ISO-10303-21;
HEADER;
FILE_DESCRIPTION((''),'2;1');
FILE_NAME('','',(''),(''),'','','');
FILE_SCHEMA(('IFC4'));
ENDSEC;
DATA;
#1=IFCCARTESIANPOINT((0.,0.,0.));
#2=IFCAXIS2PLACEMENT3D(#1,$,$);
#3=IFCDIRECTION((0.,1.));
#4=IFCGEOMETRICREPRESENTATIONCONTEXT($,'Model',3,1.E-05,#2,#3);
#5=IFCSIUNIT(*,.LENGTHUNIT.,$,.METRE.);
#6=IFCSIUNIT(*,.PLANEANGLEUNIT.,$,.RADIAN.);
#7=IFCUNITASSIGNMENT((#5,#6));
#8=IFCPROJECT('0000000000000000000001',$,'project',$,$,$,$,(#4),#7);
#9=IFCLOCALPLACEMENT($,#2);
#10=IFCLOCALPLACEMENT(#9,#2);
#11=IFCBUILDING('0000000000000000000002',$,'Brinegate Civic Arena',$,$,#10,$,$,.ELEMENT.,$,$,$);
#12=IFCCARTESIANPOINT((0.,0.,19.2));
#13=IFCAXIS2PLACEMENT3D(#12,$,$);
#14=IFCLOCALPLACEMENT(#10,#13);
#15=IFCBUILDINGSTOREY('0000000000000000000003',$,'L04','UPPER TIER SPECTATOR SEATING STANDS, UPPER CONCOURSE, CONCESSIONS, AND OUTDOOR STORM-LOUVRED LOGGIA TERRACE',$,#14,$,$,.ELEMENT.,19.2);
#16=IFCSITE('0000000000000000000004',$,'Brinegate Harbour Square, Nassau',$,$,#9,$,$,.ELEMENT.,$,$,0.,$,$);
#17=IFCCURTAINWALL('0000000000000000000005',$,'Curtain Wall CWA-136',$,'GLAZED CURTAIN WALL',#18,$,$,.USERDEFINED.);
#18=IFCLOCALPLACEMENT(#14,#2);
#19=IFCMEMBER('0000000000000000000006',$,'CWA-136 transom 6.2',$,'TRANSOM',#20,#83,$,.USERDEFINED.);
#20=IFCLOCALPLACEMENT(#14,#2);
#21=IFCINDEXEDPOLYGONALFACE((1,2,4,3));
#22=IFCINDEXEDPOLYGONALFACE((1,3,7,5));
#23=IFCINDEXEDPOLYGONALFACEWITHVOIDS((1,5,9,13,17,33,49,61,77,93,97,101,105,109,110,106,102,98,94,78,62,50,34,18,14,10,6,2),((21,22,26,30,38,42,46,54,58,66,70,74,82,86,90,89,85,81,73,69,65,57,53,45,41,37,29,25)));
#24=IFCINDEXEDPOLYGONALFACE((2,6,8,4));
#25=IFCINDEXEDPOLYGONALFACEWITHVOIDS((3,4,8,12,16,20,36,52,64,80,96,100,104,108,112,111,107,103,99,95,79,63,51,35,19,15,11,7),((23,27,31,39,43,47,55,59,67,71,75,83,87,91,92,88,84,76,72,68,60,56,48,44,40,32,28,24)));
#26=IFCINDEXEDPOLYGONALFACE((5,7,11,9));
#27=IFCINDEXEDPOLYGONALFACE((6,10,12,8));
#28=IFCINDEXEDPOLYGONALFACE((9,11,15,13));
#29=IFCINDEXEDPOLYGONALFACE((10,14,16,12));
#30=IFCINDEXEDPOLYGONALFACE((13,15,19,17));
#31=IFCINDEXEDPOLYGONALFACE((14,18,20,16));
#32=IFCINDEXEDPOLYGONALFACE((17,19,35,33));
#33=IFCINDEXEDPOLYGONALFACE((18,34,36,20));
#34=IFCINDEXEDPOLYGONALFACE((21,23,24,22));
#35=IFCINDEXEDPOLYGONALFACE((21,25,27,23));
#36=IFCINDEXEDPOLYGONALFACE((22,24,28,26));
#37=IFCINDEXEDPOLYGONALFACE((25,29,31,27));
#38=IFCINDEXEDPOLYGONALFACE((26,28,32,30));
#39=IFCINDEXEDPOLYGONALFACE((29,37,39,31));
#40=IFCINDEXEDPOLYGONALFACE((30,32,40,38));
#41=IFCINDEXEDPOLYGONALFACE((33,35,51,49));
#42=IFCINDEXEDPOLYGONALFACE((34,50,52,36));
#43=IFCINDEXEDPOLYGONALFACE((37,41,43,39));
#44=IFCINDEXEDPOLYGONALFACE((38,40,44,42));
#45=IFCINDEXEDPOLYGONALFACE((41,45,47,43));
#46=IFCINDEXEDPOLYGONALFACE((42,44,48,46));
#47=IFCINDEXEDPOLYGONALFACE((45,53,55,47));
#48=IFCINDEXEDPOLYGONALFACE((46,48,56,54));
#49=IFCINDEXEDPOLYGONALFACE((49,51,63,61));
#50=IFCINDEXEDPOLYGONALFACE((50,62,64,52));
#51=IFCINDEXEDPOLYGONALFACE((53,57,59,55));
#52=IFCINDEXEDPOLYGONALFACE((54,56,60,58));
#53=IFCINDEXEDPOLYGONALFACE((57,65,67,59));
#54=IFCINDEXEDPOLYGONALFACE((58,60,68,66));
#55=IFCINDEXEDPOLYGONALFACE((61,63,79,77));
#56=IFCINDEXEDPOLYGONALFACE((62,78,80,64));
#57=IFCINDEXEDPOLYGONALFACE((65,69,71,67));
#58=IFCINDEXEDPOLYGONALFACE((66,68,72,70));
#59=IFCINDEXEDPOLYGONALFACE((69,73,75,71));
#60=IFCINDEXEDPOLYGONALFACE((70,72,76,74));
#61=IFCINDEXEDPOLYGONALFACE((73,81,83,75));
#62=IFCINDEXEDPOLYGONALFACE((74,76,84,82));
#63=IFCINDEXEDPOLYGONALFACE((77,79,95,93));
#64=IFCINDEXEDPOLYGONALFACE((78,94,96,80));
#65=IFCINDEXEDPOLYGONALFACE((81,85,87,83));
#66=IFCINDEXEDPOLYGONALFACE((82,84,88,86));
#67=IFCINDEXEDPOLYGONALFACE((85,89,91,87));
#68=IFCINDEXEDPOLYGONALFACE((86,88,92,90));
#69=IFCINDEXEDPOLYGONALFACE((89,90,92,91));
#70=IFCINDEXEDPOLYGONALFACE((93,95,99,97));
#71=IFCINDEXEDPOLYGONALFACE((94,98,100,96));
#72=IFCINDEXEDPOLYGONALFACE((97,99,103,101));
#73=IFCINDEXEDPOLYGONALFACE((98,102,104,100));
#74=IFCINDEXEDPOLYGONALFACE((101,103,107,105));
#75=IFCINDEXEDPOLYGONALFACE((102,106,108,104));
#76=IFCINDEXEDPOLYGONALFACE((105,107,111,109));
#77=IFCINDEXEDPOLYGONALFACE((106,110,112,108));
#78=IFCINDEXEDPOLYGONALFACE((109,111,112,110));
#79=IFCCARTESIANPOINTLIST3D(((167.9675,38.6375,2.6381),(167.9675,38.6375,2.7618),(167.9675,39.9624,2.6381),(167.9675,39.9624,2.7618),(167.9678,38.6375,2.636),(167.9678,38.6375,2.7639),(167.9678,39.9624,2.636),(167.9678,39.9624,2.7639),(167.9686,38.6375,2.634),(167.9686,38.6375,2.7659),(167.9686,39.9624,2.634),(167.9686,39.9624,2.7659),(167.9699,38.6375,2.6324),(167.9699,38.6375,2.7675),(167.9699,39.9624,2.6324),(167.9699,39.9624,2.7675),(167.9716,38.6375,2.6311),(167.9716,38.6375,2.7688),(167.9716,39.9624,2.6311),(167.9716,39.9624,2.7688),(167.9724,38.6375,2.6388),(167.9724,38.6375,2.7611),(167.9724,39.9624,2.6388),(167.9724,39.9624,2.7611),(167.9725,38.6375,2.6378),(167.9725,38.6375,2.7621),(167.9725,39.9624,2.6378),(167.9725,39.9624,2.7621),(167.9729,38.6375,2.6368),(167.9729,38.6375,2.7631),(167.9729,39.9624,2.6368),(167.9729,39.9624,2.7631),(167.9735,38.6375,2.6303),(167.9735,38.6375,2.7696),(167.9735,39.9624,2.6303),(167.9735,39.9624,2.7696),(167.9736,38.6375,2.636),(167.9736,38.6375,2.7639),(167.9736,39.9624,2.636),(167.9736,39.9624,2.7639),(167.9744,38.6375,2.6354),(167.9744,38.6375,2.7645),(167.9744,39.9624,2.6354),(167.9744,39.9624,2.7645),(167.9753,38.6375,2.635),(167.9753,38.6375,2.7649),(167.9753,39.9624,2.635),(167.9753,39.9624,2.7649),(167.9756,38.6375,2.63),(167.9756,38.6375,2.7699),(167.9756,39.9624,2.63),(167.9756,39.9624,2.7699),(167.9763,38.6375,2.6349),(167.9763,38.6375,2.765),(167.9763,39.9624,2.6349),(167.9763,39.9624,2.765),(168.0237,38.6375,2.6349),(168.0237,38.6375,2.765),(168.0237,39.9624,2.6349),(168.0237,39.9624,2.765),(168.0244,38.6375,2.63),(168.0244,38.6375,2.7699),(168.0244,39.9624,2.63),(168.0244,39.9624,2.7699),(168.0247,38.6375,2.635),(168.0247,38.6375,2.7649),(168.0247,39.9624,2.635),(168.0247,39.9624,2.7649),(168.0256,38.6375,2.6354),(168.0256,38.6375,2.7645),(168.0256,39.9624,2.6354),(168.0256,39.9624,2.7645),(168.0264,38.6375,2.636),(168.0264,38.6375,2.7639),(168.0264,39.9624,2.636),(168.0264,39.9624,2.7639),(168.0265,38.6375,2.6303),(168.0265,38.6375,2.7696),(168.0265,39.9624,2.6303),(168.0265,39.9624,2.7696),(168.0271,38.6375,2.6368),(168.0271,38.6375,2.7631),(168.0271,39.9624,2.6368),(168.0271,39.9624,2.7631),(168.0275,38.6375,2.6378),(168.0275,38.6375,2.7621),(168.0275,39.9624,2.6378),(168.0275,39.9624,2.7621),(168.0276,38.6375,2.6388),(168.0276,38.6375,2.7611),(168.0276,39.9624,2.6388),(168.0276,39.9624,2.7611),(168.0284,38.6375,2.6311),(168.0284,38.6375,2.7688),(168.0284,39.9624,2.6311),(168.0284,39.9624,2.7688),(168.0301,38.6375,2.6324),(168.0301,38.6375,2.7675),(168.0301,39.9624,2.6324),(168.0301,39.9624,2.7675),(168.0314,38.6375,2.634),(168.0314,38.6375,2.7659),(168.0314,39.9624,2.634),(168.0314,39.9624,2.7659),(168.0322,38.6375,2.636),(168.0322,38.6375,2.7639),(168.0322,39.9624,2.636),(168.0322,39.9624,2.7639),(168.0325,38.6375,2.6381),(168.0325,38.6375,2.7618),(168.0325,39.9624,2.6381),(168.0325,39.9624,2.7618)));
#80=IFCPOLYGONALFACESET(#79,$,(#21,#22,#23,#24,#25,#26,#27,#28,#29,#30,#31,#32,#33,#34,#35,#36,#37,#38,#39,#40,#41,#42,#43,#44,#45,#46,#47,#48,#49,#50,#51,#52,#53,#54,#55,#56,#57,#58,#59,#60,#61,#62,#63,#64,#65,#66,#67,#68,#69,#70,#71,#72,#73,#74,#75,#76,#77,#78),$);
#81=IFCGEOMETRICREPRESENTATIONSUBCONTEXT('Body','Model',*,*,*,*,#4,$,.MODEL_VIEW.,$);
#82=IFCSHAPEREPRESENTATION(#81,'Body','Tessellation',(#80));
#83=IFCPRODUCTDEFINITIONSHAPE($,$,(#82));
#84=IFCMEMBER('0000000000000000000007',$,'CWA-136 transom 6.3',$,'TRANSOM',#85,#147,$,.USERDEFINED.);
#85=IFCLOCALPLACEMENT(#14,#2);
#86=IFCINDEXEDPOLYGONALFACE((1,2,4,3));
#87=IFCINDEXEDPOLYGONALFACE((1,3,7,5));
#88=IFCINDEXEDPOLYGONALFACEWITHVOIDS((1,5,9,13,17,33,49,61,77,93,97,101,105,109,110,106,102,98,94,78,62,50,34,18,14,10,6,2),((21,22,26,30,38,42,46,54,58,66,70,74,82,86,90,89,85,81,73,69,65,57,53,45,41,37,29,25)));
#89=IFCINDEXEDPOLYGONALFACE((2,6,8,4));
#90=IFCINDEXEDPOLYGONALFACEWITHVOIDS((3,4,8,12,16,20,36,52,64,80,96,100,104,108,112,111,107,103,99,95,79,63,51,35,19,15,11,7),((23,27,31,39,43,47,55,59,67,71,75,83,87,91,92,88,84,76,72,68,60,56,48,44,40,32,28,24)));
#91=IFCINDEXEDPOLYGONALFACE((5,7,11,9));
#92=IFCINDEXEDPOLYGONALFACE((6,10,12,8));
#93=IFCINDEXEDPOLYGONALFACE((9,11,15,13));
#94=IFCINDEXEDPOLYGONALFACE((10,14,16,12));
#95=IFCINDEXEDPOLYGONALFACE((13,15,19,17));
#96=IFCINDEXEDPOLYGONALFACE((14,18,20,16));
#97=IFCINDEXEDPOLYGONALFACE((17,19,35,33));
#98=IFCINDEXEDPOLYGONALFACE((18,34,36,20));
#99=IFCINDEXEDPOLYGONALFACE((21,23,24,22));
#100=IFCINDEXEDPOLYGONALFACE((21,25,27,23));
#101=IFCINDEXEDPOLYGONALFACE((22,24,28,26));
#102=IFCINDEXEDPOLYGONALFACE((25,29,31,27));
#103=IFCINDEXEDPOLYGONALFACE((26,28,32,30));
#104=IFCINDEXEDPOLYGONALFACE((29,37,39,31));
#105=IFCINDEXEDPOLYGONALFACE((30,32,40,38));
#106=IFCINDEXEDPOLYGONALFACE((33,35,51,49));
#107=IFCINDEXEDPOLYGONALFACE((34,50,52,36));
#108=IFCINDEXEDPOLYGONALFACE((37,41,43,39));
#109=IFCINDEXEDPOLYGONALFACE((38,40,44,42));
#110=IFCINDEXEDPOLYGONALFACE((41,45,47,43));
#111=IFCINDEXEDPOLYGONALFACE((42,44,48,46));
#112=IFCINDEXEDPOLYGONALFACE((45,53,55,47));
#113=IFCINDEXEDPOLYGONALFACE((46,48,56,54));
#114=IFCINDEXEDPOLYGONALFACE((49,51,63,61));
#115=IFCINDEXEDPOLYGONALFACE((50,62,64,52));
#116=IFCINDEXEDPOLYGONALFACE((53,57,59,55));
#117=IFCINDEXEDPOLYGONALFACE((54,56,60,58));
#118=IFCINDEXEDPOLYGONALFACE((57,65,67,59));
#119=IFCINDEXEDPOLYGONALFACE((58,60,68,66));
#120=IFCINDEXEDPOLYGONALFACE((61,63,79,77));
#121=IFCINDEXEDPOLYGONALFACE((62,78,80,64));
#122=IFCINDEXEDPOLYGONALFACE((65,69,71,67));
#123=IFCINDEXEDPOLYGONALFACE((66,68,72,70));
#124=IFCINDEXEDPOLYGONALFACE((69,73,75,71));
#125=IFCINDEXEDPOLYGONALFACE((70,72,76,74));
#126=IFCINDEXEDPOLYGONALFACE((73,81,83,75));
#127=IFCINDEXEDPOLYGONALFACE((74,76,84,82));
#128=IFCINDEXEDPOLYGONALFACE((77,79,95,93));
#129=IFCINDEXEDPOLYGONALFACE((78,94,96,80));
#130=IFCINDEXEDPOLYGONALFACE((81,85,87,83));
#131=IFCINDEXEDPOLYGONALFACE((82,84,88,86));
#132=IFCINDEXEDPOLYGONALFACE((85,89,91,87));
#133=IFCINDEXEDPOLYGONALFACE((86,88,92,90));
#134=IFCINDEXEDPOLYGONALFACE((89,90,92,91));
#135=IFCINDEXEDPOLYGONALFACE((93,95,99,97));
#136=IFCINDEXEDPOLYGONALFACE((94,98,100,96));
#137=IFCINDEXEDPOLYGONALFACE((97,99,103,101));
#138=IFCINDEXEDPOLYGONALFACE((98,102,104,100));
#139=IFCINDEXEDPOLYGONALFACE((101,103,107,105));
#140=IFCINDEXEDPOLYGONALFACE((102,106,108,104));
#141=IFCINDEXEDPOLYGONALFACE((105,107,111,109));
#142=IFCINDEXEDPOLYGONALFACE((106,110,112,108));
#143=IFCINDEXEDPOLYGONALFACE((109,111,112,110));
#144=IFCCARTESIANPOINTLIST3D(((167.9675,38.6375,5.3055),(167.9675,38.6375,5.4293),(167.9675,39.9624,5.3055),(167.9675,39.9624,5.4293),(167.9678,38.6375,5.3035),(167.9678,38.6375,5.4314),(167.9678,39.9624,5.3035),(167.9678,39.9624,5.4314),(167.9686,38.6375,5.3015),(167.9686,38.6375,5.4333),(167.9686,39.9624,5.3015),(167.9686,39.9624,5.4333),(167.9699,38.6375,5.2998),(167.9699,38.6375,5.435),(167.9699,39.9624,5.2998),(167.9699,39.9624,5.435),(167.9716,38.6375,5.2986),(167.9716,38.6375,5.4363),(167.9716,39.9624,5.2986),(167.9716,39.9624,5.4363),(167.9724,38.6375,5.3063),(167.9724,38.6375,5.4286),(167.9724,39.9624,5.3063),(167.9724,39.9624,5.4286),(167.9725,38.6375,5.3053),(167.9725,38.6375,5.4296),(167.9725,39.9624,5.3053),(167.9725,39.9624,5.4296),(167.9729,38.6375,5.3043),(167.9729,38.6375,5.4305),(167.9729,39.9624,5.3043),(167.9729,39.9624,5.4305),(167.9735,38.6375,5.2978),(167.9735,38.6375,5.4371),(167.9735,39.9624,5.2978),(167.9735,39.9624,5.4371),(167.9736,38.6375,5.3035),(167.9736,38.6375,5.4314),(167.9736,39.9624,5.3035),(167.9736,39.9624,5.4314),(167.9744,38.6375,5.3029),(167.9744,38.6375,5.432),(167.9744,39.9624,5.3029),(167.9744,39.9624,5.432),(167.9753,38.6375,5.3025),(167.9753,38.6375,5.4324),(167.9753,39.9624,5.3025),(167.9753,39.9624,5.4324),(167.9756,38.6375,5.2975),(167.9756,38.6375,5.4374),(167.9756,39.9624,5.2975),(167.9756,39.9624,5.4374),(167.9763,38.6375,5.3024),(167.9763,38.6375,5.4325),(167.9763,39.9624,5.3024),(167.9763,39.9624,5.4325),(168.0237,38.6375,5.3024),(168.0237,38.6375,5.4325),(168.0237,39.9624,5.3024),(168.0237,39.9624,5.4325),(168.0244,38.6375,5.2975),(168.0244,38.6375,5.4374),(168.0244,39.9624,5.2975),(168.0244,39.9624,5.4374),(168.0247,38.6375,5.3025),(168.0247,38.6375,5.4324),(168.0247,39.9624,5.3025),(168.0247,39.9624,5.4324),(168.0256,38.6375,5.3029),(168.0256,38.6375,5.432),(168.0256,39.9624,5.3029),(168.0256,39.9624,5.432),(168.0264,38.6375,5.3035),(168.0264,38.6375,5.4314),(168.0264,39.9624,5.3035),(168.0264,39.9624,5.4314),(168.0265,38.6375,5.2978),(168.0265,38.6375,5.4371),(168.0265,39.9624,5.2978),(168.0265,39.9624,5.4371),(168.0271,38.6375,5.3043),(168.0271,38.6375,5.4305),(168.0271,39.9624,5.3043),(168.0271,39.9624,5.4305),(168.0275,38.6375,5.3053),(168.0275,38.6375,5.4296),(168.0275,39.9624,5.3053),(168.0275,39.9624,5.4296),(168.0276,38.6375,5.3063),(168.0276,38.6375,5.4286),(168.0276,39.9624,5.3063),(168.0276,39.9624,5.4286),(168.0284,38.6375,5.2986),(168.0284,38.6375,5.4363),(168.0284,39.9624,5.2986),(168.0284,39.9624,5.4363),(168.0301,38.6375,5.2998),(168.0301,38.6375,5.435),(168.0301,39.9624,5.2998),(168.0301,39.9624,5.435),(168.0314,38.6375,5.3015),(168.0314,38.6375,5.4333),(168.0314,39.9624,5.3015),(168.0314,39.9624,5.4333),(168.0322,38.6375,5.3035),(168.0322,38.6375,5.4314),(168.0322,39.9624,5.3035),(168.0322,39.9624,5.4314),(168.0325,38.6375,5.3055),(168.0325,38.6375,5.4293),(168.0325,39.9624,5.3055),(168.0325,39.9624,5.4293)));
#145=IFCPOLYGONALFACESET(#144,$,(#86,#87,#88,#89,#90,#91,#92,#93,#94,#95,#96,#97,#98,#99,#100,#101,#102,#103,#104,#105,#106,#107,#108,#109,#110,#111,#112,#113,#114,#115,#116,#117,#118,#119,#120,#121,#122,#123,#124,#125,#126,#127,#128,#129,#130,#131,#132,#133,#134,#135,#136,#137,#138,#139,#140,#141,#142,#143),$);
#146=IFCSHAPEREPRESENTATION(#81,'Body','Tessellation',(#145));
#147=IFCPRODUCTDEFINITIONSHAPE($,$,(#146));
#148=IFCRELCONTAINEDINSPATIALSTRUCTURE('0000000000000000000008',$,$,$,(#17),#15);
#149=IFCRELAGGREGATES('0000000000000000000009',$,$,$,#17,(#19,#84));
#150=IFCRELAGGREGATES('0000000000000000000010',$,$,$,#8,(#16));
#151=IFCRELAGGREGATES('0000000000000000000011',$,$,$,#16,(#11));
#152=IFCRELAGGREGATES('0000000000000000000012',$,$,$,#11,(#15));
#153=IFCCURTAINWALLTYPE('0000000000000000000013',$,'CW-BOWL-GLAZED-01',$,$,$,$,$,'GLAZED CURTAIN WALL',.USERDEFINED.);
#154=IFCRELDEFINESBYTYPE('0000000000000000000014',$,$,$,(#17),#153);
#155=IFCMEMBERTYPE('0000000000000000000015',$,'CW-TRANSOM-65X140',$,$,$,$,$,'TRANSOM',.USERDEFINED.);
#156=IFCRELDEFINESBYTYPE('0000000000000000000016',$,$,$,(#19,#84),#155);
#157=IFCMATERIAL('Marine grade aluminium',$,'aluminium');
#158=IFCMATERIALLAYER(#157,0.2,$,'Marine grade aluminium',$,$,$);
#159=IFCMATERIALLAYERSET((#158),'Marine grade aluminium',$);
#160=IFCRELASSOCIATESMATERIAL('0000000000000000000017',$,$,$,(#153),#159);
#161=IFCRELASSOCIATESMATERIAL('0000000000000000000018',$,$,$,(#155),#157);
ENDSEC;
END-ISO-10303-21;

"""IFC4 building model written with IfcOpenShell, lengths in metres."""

from ifc_helpers import new_model, si_unit, direction, frame, origin, origin_2d, place, context, subcontext, project, spatial, hollow_rectangle, extrude, material, layer, layer_set, material_profile, profile_set, type_object, element, aggregate, save


model = new_model("IFC4")

# Units and contexts
model_context = context("Model", 3, precision=1e-05, world=origin(), true_north=direction((0.0, 1.0)))
body_context = subcontext(model_context, "Body", "Model", "MODEL_VIEW")
ifc_project = project(units=[si_unit("LENGTHUNIT", "METRE"), si_unit("PLANEANGLEUNIT", "RADIAN")], contexts=[model_context])

# Site, building, storey
site_placement = place(None, origin())
site = spatial("IfcSite", under=ifc_project, at=site_placement, Name="Brinegate Harbour Square, Nassau", CompositionType="ELEMENT", RefElevation=0.0)
building_placement = place(site_placement, origin())
building = spatial("IfcBuilding", under=site, at=building_placement, Name="Brinegate Civic Arena", CompositionType="ELEMENT")
storey_placement = place(building_placement, frame((0.0, 0.0, 19.2)))
storey = spatial("IfcBuildingStorey", under=building, at=storey_placement, Name="L04", Description="UPPER TIER SPECTATOR SEATING STANDS, UPPER CONCOURSE, CONCESSIONS, AND OUTDOOR STORM-LOUVRED LOGGIA TERRACE", CompositionType="ELEMENT", Elevation=19.2)

# Curtain wall, members
ifc_material_1 = material(Name="Marine grade aluminium", Category="aluminium")
ifc_layer_1 = layer(ifc_material_1, 0.2, Name="Marine grade aluminium")
ifc_layer_set_1 = layer_set([ifc_layer_1], Name="Marine grade aluminium")
curtain_wall_type = type_object("IfcCurtainWallType", Name="CW-BOWL-GLAZED-01", ElementType="GLAZED CURTAIN WALL", PredefinedType="USERDEFINED", material=ifc_layer_set_1)
curtain_wall_placement = place(storey_placement, origin())
curtain_wall = element("IfcCurtainWall", 1, at=curtain_wall_placement, inside=storey, type_object=curtain_wall_type, Name="Curtain Wall CWA-136", ObjectType="GLAZED CURTAIN WALL", PredefinedType="USERDEFINED")
ifc_material_profile_1 = material_profile(ifc_material_1, hollow_rectangle(XDim=0.0649, YDim=0.1399, WallThickness=0.0049, InnerFilletRadius=0.0039, OuterFilletRadius=0.0081, at=origin_2d()), Name="TRN65X140")
ifc_profile_set_1 = profile_set([ifc_material_profile_1], Name="Marine grade aluminium")
member_type_1 = type_object("IfcMemberType", Name="CW-TRANSOM-65X140", ElementType="TRANSOM", PredefinedType="USERDEFINED", material=ifc_profile_set_1)
member_1_placement = place(storey_placement, frame((168.0, 38.6375, 2.7), z_axis=(0.0, 1.0, 0.0), x_axis=(-1.0, 0.0, 0.0)))
member_1 = element("IfcMember", 2, at=member_1_placement, type_object=member_type_1, Name="CWA-136 transom 6.2", ObjectType="TRANSOM", PredefinedType="USERDEFINED", context=body_context, shape_type="SweptSolid", body=[
    extrude(hollow_rectangle(XDim=0.0649, YDim=0.1399, WallThickness=0.0049, InnerFilletRadius=0.0039, OuterFilletRadius=0.0081, at=origin_2d()), origin(), (0.0, 0.0, 1.0), 1.325),
])
member_2_placement = place(storey_placement, frame((168.0, 38.6375, 5.3674), z_axis=(0.0, 1.0, 0.0), x_axis=(-1.0, 0.0, 0.0)))
member_2 = element("IfcMember", 3, at=member_2_placement, type_object=member_type_1, Name="CWA-136 transom 6.3", ObjectType="TRANSOM", PredefinedType="USERDEFINED", context=body_context, shape_type="SweptSolid", body=[
    extrude(hollow_rectangle(XDim=0.0649, YDim=0.1399, WallThickness=0.0049, InnerFilletRadius=0.0039, OuterFilletRadius=0.0081, at=origin_2d()), origin(), (0.0, 0.0, 1.0), 1.325),
])

aggregate(curtain_wall, [member_1, member_2])

save(model, "model.ifc")
